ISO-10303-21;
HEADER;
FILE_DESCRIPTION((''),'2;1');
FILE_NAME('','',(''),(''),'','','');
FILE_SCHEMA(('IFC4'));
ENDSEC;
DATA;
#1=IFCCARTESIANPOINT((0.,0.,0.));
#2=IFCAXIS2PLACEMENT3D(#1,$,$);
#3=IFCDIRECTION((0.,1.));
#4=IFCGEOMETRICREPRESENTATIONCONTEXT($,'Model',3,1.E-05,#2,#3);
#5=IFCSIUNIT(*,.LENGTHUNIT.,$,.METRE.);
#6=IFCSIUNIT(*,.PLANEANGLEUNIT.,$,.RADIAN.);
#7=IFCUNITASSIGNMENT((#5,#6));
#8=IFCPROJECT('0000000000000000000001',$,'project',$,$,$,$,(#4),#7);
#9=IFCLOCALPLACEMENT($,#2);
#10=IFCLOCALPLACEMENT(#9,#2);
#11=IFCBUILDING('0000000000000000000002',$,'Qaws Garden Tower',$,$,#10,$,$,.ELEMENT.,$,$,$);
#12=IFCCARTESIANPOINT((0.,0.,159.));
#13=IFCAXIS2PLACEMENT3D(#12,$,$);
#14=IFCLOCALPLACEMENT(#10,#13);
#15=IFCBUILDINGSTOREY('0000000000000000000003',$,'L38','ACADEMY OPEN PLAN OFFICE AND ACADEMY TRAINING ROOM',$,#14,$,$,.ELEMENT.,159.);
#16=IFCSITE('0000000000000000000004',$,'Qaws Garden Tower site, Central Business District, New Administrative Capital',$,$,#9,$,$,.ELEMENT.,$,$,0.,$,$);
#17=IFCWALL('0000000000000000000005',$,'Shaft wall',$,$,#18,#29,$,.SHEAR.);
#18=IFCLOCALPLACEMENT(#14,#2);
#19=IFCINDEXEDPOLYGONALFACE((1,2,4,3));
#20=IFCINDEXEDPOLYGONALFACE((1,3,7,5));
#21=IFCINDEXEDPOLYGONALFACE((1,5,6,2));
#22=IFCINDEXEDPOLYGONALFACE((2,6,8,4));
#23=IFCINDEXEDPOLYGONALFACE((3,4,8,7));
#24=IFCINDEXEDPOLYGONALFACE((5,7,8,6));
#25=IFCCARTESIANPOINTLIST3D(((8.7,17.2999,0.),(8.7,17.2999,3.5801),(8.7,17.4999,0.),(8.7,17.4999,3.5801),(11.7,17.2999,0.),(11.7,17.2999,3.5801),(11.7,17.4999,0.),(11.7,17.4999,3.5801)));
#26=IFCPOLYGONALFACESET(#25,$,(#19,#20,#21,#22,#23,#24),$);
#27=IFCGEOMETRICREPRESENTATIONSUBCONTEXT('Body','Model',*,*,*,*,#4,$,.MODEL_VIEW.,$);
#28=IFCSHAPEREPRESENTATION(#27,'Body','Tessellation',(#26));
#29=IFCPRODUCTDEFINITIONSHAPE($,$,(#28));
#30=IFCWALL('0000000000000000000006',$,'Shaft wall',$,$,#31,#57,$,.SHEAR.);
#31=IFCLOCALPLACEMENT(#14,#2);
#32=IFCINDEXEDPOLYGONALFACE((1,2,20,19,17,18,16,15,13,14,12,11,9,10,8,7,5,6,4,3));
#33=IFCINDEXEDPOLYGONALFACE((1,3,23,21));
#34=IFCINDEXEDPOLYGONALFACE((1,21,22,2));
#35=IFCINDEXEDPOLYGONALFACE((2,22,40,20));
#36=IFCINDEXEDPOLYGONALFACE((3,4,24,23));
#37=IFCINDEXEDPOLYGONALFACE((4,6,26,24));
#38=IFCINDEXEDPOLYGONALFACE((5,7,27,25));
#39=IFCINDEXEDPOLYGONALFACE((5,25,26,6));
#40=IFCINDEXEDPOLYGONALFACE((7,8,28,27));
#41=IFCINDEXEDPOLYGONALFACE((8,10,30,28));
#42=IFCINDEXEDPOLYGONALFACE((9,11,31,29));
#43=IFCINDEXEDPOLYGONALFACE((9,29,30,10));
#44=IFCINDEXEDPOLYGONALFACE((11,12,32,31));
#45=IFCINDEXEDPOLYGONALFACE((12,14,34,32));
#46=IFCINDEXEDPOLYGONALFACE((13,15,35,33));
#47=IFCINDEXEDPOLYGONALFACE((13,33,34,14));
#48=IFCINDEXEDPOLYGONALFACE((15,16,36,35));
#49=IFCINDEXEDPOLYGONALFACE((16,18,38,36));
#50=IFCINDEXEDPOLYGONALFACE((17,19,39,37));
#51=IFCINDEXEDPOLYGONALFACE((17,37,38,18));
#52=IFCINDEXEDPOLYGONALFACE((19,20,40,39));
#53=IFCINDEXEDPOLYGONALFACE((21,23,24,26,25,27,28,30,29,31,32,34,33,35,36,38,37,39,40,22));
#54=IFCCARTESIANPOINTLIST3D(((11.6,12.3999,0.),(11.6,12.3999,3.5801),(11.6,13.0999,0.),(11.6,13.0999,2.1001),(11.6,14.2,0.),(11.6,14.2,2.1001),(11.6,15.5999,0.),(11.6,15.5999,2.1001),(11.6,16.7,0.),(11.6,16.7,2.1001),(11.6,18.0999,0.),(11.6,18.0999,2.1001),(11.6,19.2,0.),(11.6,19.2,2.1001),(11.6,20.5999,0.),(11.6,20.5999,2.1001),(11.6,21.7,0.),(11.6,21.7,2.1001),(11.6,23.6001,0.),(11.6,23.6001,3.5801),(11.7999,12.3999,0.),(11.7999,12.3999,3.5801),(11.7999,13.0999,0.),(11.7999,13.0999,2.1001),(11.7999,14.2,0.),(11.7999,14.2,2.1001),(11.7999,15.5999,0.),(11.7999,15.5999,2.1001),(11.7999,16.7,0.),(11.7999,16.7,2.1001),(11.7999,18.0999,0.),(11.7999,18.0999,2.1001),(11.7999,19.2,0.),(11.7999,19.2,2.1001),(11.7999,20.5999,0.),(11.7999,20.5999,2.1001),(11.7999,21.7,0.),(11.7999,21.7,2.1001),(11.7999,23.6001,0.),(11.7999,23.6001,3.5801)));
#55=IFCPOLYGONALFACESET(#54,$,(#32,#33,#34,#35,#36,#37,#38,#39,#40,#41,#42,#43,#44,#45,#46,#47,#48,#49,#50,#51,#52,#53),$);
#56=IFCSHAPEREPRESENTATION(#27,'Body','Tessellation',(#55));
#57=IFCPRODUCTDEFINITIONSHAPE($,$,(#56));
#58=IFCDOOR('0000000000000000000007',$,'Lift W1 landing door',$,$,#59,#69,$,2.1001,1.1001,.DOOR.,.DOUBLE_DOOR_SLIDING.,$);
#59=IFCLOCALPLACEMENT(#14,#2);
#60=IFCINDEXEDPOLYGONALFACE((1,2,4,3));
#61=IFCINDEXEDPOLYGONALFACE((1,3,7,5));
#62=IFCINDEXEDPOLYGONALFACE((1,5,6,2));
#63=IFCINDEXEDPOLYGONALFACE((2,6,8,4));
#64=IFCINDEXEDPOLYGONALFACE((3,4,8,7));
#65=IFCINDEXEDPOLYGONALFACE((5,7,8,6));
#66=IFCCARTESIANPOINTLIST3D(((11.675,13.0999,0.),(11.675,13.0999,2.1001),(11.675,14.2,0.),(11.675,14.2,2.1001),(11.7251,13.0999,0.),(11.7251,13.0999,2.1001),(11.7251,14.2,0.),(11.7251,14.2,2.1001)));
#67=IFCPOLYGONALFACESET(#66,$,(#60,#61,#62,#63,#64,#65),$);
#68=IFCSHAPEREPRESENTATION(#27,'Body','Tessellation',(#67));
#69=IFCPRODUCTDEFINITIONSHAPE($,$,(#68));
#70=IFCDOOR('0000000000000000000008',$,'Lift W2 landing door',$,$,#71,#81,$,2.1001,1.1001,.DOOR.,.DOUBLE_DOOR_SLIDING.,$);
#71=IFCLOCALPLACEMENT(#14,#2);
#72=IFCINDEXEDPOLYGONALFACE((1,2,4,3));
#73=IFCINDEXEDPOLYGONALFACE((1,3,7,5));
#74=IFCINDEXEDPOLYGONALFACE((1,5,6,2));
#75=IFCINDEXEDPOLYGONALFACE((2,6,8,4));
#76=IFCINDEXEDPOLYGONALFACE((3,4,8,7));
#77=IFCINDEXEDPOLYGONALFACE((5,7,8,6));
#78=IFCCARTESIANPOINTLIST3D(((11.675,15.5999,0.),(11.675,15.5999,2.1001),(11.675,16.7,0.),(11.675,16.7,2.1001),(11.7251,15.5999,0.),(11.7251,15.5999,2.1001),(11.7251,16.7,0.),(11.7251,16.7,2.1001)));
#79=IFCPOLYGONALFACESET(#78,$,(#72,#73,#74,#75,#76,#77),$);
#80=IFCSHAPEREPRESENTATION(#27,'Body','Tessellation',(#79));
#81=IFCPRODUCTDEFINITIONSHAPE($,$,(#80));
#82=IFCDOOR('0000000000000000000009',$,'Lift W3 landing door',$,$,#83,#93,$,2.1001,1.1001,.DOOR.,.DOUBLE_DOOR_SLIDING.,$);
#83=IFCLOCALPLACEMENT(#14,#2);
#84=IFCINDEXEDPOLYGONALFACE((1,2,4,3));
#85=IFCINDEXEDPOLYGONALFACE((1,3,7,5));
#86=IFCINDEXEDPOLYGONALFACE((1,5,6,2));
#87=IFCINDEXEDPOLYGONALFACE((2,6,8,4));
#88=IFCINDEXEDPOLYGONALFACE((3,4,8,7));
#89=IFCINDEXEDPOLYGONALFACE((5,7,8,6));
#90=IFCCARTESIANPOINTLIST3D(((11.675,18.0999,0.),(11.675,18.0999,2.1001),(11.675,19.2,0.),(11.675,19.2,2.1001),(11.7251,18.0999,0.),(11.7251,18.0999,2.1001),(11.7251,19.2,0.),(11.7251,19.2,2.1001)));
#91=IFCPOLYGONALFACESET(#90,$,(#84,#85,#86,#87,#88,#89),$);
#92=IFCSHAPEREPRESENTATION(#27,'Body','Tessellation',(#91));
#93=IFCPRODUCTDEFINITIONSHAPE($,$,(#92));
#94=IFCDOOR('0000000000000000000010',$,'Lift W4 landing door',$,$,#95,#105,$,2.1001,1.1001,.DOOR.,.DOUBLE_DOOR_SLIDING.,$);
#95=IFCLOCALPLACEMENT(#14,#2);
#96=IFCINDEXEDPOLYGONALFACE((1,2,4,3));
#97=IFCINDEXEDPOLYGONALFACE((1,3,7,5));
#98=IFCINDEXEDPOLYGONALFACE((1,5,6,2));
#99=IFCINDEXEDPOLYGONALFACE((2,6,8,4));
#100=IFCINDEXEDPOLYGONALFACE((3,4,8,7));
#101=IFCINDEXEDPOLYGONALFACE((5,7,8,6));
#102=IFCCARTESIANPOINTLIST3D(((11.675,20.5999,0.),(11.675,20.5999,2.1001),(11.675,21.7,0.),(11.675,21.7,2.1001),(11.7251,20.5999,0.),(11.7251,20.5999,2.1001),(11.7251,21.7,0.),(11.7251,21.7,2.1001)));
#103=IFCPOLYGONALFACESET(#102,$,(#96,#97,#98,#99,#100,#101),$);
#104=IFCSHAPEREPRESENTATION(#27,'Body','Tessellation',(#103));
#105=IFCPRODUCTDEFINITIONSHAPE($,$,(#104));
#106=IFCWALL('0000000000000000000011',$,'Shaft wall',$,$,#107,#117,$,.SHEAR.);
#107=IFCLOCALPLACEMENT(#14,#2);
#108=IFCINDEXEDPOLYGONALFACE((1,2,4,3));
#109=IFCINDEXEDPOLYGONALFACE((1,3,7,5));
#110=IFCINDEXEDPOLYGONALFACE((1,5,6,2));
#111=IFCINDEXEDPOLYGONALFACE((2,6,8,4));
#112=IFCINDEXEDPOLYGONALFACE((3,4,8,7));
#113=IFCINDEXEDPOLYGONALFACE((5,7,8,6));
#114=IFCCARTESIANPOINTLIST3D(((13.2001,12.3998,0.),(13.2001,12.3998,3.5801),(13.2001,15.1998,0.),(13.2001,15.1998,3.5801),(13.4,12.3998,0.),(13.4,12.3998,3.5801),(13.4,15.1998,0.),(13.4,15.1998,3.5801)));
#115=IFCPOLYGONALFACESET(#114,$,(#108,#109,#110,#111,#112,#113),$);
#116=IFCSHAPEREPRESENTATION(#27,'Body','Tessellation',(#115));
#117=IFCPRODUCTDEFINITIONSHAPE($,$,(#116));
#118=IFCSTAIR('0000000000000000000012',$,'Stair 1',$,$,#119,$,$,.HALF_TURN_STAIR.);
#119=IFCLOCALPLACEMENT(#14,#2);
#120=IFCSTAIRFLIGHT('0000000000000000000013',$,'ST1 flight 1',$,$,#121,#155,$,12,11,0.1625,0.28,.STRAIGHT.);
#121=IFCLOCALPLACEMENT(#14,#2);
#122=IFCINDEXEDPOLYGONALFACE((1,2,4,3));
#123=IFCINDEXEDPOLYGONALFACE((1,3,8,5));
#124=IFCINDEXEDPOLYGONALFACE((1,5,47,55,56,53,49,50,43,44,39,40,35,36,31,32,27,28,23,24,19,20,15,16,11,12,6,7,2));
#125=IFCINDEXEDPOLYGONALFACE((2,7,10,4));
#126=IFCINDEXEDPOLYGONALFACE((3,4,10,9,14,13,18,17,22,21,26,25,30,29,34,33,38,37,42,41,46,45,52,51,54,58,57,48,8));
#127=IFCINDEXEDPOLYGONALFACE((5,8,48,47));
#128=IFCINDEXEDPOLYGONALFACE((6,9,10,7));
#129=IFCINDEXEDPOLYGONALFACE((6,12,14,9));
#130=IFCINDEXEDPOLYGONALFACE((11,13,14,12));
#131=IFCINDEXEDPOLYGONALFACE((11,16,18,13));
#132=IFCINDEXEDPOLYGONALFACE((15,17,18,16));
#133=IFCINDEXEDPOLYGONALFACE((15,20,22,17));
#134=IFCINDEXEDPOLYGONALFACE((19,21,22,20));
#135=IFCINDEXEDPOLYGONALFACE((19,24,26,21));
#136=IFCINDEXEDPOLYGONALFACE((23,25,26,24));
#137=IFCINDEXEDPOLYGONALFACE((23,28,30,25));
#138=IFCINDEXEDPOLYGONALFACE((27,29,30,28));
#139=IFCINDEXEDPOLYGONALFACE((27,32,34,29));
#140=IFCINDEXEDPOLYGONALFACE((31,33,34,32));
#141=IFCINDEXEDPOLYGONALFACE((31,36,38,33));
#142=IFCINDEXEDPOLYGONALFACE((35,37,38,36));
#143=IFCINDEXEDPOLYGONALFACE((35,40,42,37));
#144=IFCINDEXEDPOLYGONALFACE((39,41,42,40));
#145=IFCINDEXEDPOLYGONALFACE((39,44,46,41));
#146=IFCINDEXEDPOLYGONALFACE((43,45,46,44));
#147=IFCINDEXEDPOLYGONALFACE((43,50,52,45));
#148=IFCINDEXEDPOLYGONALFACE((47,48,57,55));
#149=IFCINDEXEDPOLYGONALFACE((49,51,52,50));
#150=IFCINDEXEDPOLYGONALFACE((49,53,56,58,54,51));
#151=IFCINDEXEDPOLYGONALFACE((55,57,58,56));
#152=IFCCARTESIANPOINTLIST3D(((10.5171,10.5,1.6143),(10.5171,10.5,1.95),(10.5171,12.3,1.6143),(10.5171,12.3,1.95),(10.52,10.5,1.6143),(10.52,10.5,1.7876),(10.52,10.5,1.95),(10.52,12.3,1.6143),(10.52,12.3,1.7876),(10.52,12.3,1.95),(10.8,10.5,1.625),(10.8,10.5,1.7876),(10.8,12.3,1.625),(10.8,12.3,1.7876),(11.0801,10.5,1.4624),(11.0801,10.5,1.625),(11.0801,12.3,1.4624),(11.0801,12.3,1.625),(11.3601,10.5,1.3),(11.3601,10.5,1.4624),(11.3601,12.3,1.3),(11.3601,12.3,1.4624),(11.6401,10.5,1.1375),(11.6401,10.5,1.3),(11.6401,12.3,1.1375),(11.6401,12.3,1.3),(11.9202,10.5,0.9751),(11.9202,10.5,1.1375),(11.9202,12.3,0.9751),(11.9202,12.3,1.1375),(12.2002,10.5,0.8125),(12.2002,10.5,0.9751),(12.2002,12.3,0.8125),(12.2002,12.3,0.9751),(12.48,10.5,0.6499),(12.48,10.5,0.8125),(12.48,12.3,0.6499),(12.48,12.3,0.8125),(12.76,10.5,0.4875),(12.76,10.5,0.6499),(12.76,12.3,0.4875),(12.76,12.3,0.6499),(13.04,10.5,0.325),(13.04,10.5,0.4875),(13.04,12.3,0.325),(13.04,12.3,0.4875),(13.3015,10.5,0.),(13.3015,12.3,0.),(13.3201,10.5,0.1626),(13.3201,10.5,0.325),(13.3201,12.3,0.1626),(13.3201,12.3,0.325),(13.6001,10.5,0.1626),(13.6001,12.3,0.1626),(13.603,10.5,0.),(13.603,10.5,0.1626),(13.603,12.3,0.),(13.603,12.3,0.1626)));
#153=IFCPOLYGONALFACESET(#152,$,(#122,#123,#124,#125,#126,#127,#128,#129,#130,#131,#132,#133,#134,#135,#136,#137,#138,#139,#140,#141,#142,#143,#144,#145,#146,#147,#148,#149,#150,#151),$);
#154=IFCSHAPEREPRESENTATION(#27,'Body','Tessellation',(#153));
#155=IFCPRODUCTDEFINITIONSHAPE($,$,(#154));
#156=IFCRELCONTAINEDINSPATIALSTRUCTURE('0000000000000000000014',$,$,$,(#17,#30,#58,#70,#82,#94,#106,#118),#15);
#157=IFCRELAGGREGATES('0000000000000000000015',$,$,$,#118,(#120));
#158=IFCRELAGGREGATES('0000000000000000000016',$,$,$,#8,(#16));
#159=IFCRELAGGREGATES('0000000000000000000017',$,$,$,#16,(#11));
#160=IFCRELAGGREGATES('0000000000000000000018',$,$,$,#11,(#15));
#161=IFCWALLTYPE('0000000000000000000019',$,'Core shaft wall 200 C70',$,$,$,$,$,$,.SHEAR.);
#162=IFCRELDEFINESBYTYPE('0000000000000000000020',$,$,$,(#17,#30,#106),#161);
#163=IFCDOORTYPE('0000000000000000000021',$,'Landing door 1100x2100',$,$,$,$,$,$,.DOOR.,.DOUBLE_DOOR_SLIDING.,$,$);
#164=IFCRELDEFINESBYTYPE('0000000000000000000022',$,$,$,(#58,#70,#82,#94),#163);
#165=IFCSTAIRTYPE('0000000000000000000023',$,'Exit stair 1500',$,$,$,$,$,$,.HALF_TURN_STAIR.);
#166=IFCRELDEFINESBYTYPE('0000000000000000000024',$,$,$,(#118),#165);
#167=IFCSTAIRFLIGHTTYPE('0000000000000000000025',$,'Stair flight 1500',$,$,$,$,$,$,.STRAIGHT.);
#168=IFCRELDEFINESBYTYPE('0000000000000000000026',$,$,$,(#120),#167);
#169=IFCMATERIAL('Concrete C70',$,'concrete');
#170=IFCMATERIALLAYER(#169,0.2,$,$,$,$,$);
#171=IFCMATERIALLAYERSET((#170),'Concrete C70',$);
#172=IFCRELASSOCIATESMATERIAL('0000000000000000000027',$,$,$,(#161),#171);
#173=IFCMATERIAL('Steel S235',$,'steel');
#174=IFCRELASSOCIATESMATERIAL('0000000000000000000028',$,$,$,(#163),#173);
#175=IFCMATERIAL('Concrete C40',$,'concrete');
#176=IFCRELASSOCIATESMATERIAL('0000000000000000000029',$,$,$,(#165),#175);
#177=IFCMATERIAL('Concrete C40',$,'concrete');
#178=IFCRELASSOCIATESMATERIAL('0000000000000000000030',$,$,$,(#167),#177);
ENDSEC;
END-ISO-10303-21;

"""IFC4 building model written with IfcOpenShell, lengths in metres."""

from ifc_helpers import new_model, si_unit, direction, frame, frame_2d, origin, place, context, subcontext, project, spatial, polyline, rectangle, outline, extrude, material, layer, layer_set, type_object, element, fill, aggregate, save


model = new_model("IFC4")

# Units and contexts
model_context = context("Model", 3, precision=1e-05, world=origin(), true_north=direction((0.0, 1.0)))
body_context = subcontext(model_context, "Body", "Model", "MODEL_VIEW")
ifc_project = project(units=[si_unit("LENGTHUNIT", "METRE"), si_unit("PLANEANGLEUNIT", "RADIAN")], contexts=[model_context])

# Site, building, storey
site_placement = place(None, origin())
site = spatial("IfcSite", under=ifc_project, at=site_placement, Name="Qaws Garden Tower site, Central Business District, New Administrative Capital", CompositionType="ELEMENT", RefElevation=0.0)
building_placement = place(site_placement, origin())
building = spatial("IfcBuilding", under=site, at=building_placement, Name="Qaws Garden Tower", CompositionType="ELEMENT")
storey_placement = place(building_placement, frame((0.0, 0.0, 159.0)))
storey = spatial("IfcBuildingStorey", under=building, at=storey_placement, Name="L38", Description="ACADEMY OPEN PLAN OFFICE AND ACADEMY TRAINING ROOM", CompositionType="ELEMENT", Elevation=159.0)

# Shared definitions
ifc_material_1 = material(Name="Concrete C70", Category="concrete")
ifc_layer_1 = layer(ifc_material_1, 0.2)
ifc_layer_set_1 = layer_set([ifc_layer_1], Name="Concrete C70")
wall_type_1 = type_object("IfcWallType", Name="Core shaft wall 200 C70", PredefinedType="SHEAR", material=ifc_layer_set_1)

# Shared definitions
ifc_material_2 = material(Name="Steel S235", Category="steel")
door_type_1 = type_object("IfcDoorType", Name="Landing door 1100x2100", OperationType="DOUBLE_DOOR_SLIDING", PredefinedType="DOOR", material=ifc_material_2)

# Wall
wall_1_placement = place(storey_placement, frame((8.7, 17.3999, 0.0), z_axis=(0.0, 0.0, 1.0), x_axis=(1.0, 0.0, 0.0)))
element("IfcWall", 1, at=wall_1_placement, inside=storey, type_object=wall_type_1, Name="Shaft wall", PredefinedType="SHEAR", context=body_context, shape_type="SweptSolid", body=[
    extrude(rectangle(XDim=3.0, YDim=0.2, at=frame_2d((1.5, 0.0))), origin(), (0.0, 0.0, 1.0), 3.5801),
])

# Wall, openings, doors
wall_2_placement = place(storey_placement, frame((11.7, 12.3999, 0.0), z_axis=(0.0, 0.0, 1.0), x_axis=(0.0, 1.0, 0.0)))
wall_2 = element("IfcWall", 2, at=wall_2_placement, inside=storey, type_object=wall_type_1, Name="Shaft wall", PredefinedType="SHEAR", context=body_context, shape_type="SweptSolid", body=[
    extrude(rectangle(XDim=11.2002, YDim=0.2, at=frame_2d((5.6001, 0.0))), origin(), (0.0, 0.0, 1.0), 3.5801),
])
opening_1_placement = place(wall_2_placement, frame((0.7, 0.0, 0.0)))
opening_1 = element("IfcOpeningElement", 3, at=opening_1_placement, cuts=wall_2, PredefinedType="OPENING", context=body_context, shape_type="SweptSolid", body=[
    extrude(rectangle(XDim=1.1001, YDim=2.1001, at=frame_2d((0.55, 1.05))), frame((0.0, 0.1099, 0.0), z_axis=(0.0, -1.0, 0.0), x_axis=(1.0, 0.0, 0.0)), (0.0, 0.0, 1.0), 0.22),
])
opening_2_placement = place(wall_2_placement, frame((3.2, 0.0, 0.0)))
opening_2 = element("IfcOpeningElement", 4, at=opening_2_placement, cuts=wall_2, PredefinedType="OPENING", context=body_context, shape_type="SweptSolid", body=[
    extrude(rectangle(XDim=1.1001, YDim=2.1001, at=frame_2d((0.55, 1.05))), frame((0.0, 0.1099, 0.0), z_axis=(0.0, -1.0, 0.0), x_axis=(1.0, 0.0, 0.0)), (0.0, 0.0, 1.0), 0.22),
])
opening_3_placement = place(wall_2_placement, frame((5.7, 0.0, 0.0)))
opening_3 = element("IfcOpeningElement", 5, at=opening_3_placement, cuts=wall_2, PredefinedType="OPENING", context=body_context, shape_type="SweptSolid", body=[
    extrude(rectangle(XDim=1.1001, YDim=2.1001, at=frame_2d((0.55, 1.05))), frame((0.0, 0.1099, 0.0), z_axis=(0.0, -1.0, 0.0), x_axis=(1.0, 0.0, 0.0)), (0.0, 0.0, 1.0), 0.22),
])
opening_4_placement = place(wall_2_placement, frame((8.2, 0.0, 0.0)))
opening_4 = element("IfcOpeningElement", 6, at=opening_4_placement, cuts=wall_2, PredefinedType="OPENING", context=body_context, shape_type="SweptSolid", body=[
    extrude(rectangle(XDim=1.1001, YDim=2.1001, at=frame_2d((0.55, 1.05))), frame((0.0, 0.1099, 0.0), z_axis=(0.0, -1.0, 0.0), x_axis=(1.0, 0.0, 0.0)), (0.0, 0.0, 1.0), 0.22),
])
door_1_placement = place(opening_1_placement, origin())
door_1 = element("IfcDoor", 7, at=door_1_placement, inside=storey, type_object=door_type_1, Name="Lift W1 landing door", OperationType="DOUBLE_DOOR_SLIDING", OverallHeight=2.1001, OverallWidth=1.1001, PredefinedType="DOOR", context=body_context, shape_type="SweptSolid", body=[
    extrude(rectangle(XDim=1.1001, YDim=2.1001, at=frame_2d((0.55, 1.05))), frame((0.0, 0.0249, 0.0), z_axis=(0.0, -1.0, 0.0), x_axis=(1.0, 0.0, 0.0)), (0.0, 0.0, 1.0), 0.05),
])
fill(opening_1, door_1)
door_2_placement = place(opening_2_placement, origin())
door_2 = element("IfcDoor", 8, at=door_2_placement, inside=storey, type_object=door_type_1, Name="Lift W2 landing door", OperationType="DOUBLE_DOOR_SLIDING", OverallHeight=2.1001, OverallWidth=1.1001, PredefinedType="DOOR", context=body_context, shape_type="SweptSolid", body=[
    extrude(rectangle(XDim=1.1001, YDim=2.1001, at=frame_2d((0.55, 1.05))), frame((0.0, 0.0249, 0.0), z_axis=(0.0, -1.0, 0.0), x_axis=(1.0, 0.0, 0.0)), (0.0, 0.0, 1.0), 0.05),
])
fill(opening_2, door_2)
door_3_placement = place(opening_3_placement, origin())
door_3 = element("IfcDoor", 9, at=door_3_placement, inside=storey, type_object=door_type_1, Name="Lift W3 landing door", OperationType="DOUBLE_DOOR_SLIDING", OverallHeight=2.1001, OverallWidth=1.1001, PredefinedType="DOOR", context=body_context, shape_type="SweptSolid", body=[
    extrude(rectangle(XDim=1.1001, YDim=2.1001, at=frame_2d((0.55, 1.05))), frame((0.0, 0.0249, 0.0), z_axis=(0.0, -1.0, 0.0), x_axis=(1.0, 0.0, 0.0)), (0.0, 0.0, 1.0), 0.05),
])
fill(opening_3, door_3)
door_4_placement = place(opening_4_placement, origin())
door_4 = element("IfcDoor", 10, at=door_4_placement, inside=storey, type_object=door_type_1, Name="Lift W4 landing door", OperationType="DOUBLE_DOOR_SLIDING", OverallHeight=2.1001, OverallWidth=1.1001, PredefinedType="DOOR", context=body_context, shape_type="SweptSolid", body=[
    extrude(rectangle(XDim=1.1001, YDim=2.1001, at=frame_2d((0.55, 1.05))), frame((0.0, 0.0249, 0.0), z_axis=(0.0, -1.0, 0.0), x_axis=(1.0, 0.0, 0.0)), (0.0, 0.0, 1.0), 0.05),
])
fill(opening_4, door_4)

# Wall
wall_3_placement = place(storey_placement, frame((13.3, 12.3999, 0.0), z_axis=(0.0, 0.0, 1.0), x_axis=(0.0, 1.0, 0.0)))
element("IfcWall", 11, at=wall_3_placement, inside=storey, type_object=wall_type_1, Name="Shaft wall", PredefinedType="SHEAR", context=body_context, shape_type="SweptSolid", body=[
    extrude(rectangle(XDim=2.8, YDim=0.2, at=frame_2d((1.3999, 0.0))), origin(), (0.0, 0.0, 1.0), 3.5801),
])

# Stair, stair flight
ifc_material_3 = material(Name="Concrete C40", Category="concrete")
stair_type = type_object("IfcStairType", Name="Exit stair 1500", PredefinedType="HALF_TURN_STAIR", material=ifc_material_3)
stair_placement = place(storey_placement, origin())
stair = element("IfcStair", 12, at=stair_placement, inside=storey, type_object=stair_type, Name="Stair 1", PredefinedType="HALF_TURN_STAIR")
ifc_material_4 = material(Name="Concrete C40", Category="concrete")
stair_flight_type = type_object("IfcStairFlightType", Name="Stair flight 1500", PredefinedType="STRAIGHT", material=ifc_material_4)
stair_flight_placement = place(storey_placement, frame((13.6001, 11.3999, 0.0), z_axis=(0.0, 0.0, 1.0), x_axis=(-1.0, 0.0, 0.0)))
stair_flight = element("IfcStairFlight", 13, at=stair_flight_placement, type_object=stair_flight_type, Name="ST1 flight 1", NumberOfRisers=12, NumberOfTreads=11, PredefinedType="STRAIGHT", RiserHeight=0.1625, TreadLength=0.28, context=body_context, shape_type="SweptSolid", body=[
    extrude(outline(polyline([(-0.0029, 0.0), (-0.0029, 0.1626), (0.0, 0.1626), (0.28, 0.1626), (0.28, 0.325), (0.5601, 0.325), (0.5601, 0.4875), (0.8401, 0.4875), (0.8401, 0.6499), (1.1201, 0.6499), (1.1201, 0.8125), (1.3999, 0.8125), (1.3999, 0.9751), (1.6799, 0.9751), (1.6799, 1.1375), (1.96, 1.1375), (1.96, 1.3), (2.24, 1.3), (2.24, 1.4624), (2.52, 1.4624), (2.52, 1.625), (2.8, 1.625), (2.8, 1.7876), (3.0801, 1.7876), (3.0801, 1.95), (3.083, 1.95), (3.083, 1.6143), (3.0801, 1.6143), (0.2986, 0.0), (-0.0029, 0.0)])), frame((0.0, 0.8999, 0.0), z_axis=(0.0, -1.0, 0.0), x_axis=(1.0, 0.0, 0.0)), (0.0, 0.0, 1.0), 1.8),
])
aggregate(stair, [stair_flight])

save(model, "model.ifc")
